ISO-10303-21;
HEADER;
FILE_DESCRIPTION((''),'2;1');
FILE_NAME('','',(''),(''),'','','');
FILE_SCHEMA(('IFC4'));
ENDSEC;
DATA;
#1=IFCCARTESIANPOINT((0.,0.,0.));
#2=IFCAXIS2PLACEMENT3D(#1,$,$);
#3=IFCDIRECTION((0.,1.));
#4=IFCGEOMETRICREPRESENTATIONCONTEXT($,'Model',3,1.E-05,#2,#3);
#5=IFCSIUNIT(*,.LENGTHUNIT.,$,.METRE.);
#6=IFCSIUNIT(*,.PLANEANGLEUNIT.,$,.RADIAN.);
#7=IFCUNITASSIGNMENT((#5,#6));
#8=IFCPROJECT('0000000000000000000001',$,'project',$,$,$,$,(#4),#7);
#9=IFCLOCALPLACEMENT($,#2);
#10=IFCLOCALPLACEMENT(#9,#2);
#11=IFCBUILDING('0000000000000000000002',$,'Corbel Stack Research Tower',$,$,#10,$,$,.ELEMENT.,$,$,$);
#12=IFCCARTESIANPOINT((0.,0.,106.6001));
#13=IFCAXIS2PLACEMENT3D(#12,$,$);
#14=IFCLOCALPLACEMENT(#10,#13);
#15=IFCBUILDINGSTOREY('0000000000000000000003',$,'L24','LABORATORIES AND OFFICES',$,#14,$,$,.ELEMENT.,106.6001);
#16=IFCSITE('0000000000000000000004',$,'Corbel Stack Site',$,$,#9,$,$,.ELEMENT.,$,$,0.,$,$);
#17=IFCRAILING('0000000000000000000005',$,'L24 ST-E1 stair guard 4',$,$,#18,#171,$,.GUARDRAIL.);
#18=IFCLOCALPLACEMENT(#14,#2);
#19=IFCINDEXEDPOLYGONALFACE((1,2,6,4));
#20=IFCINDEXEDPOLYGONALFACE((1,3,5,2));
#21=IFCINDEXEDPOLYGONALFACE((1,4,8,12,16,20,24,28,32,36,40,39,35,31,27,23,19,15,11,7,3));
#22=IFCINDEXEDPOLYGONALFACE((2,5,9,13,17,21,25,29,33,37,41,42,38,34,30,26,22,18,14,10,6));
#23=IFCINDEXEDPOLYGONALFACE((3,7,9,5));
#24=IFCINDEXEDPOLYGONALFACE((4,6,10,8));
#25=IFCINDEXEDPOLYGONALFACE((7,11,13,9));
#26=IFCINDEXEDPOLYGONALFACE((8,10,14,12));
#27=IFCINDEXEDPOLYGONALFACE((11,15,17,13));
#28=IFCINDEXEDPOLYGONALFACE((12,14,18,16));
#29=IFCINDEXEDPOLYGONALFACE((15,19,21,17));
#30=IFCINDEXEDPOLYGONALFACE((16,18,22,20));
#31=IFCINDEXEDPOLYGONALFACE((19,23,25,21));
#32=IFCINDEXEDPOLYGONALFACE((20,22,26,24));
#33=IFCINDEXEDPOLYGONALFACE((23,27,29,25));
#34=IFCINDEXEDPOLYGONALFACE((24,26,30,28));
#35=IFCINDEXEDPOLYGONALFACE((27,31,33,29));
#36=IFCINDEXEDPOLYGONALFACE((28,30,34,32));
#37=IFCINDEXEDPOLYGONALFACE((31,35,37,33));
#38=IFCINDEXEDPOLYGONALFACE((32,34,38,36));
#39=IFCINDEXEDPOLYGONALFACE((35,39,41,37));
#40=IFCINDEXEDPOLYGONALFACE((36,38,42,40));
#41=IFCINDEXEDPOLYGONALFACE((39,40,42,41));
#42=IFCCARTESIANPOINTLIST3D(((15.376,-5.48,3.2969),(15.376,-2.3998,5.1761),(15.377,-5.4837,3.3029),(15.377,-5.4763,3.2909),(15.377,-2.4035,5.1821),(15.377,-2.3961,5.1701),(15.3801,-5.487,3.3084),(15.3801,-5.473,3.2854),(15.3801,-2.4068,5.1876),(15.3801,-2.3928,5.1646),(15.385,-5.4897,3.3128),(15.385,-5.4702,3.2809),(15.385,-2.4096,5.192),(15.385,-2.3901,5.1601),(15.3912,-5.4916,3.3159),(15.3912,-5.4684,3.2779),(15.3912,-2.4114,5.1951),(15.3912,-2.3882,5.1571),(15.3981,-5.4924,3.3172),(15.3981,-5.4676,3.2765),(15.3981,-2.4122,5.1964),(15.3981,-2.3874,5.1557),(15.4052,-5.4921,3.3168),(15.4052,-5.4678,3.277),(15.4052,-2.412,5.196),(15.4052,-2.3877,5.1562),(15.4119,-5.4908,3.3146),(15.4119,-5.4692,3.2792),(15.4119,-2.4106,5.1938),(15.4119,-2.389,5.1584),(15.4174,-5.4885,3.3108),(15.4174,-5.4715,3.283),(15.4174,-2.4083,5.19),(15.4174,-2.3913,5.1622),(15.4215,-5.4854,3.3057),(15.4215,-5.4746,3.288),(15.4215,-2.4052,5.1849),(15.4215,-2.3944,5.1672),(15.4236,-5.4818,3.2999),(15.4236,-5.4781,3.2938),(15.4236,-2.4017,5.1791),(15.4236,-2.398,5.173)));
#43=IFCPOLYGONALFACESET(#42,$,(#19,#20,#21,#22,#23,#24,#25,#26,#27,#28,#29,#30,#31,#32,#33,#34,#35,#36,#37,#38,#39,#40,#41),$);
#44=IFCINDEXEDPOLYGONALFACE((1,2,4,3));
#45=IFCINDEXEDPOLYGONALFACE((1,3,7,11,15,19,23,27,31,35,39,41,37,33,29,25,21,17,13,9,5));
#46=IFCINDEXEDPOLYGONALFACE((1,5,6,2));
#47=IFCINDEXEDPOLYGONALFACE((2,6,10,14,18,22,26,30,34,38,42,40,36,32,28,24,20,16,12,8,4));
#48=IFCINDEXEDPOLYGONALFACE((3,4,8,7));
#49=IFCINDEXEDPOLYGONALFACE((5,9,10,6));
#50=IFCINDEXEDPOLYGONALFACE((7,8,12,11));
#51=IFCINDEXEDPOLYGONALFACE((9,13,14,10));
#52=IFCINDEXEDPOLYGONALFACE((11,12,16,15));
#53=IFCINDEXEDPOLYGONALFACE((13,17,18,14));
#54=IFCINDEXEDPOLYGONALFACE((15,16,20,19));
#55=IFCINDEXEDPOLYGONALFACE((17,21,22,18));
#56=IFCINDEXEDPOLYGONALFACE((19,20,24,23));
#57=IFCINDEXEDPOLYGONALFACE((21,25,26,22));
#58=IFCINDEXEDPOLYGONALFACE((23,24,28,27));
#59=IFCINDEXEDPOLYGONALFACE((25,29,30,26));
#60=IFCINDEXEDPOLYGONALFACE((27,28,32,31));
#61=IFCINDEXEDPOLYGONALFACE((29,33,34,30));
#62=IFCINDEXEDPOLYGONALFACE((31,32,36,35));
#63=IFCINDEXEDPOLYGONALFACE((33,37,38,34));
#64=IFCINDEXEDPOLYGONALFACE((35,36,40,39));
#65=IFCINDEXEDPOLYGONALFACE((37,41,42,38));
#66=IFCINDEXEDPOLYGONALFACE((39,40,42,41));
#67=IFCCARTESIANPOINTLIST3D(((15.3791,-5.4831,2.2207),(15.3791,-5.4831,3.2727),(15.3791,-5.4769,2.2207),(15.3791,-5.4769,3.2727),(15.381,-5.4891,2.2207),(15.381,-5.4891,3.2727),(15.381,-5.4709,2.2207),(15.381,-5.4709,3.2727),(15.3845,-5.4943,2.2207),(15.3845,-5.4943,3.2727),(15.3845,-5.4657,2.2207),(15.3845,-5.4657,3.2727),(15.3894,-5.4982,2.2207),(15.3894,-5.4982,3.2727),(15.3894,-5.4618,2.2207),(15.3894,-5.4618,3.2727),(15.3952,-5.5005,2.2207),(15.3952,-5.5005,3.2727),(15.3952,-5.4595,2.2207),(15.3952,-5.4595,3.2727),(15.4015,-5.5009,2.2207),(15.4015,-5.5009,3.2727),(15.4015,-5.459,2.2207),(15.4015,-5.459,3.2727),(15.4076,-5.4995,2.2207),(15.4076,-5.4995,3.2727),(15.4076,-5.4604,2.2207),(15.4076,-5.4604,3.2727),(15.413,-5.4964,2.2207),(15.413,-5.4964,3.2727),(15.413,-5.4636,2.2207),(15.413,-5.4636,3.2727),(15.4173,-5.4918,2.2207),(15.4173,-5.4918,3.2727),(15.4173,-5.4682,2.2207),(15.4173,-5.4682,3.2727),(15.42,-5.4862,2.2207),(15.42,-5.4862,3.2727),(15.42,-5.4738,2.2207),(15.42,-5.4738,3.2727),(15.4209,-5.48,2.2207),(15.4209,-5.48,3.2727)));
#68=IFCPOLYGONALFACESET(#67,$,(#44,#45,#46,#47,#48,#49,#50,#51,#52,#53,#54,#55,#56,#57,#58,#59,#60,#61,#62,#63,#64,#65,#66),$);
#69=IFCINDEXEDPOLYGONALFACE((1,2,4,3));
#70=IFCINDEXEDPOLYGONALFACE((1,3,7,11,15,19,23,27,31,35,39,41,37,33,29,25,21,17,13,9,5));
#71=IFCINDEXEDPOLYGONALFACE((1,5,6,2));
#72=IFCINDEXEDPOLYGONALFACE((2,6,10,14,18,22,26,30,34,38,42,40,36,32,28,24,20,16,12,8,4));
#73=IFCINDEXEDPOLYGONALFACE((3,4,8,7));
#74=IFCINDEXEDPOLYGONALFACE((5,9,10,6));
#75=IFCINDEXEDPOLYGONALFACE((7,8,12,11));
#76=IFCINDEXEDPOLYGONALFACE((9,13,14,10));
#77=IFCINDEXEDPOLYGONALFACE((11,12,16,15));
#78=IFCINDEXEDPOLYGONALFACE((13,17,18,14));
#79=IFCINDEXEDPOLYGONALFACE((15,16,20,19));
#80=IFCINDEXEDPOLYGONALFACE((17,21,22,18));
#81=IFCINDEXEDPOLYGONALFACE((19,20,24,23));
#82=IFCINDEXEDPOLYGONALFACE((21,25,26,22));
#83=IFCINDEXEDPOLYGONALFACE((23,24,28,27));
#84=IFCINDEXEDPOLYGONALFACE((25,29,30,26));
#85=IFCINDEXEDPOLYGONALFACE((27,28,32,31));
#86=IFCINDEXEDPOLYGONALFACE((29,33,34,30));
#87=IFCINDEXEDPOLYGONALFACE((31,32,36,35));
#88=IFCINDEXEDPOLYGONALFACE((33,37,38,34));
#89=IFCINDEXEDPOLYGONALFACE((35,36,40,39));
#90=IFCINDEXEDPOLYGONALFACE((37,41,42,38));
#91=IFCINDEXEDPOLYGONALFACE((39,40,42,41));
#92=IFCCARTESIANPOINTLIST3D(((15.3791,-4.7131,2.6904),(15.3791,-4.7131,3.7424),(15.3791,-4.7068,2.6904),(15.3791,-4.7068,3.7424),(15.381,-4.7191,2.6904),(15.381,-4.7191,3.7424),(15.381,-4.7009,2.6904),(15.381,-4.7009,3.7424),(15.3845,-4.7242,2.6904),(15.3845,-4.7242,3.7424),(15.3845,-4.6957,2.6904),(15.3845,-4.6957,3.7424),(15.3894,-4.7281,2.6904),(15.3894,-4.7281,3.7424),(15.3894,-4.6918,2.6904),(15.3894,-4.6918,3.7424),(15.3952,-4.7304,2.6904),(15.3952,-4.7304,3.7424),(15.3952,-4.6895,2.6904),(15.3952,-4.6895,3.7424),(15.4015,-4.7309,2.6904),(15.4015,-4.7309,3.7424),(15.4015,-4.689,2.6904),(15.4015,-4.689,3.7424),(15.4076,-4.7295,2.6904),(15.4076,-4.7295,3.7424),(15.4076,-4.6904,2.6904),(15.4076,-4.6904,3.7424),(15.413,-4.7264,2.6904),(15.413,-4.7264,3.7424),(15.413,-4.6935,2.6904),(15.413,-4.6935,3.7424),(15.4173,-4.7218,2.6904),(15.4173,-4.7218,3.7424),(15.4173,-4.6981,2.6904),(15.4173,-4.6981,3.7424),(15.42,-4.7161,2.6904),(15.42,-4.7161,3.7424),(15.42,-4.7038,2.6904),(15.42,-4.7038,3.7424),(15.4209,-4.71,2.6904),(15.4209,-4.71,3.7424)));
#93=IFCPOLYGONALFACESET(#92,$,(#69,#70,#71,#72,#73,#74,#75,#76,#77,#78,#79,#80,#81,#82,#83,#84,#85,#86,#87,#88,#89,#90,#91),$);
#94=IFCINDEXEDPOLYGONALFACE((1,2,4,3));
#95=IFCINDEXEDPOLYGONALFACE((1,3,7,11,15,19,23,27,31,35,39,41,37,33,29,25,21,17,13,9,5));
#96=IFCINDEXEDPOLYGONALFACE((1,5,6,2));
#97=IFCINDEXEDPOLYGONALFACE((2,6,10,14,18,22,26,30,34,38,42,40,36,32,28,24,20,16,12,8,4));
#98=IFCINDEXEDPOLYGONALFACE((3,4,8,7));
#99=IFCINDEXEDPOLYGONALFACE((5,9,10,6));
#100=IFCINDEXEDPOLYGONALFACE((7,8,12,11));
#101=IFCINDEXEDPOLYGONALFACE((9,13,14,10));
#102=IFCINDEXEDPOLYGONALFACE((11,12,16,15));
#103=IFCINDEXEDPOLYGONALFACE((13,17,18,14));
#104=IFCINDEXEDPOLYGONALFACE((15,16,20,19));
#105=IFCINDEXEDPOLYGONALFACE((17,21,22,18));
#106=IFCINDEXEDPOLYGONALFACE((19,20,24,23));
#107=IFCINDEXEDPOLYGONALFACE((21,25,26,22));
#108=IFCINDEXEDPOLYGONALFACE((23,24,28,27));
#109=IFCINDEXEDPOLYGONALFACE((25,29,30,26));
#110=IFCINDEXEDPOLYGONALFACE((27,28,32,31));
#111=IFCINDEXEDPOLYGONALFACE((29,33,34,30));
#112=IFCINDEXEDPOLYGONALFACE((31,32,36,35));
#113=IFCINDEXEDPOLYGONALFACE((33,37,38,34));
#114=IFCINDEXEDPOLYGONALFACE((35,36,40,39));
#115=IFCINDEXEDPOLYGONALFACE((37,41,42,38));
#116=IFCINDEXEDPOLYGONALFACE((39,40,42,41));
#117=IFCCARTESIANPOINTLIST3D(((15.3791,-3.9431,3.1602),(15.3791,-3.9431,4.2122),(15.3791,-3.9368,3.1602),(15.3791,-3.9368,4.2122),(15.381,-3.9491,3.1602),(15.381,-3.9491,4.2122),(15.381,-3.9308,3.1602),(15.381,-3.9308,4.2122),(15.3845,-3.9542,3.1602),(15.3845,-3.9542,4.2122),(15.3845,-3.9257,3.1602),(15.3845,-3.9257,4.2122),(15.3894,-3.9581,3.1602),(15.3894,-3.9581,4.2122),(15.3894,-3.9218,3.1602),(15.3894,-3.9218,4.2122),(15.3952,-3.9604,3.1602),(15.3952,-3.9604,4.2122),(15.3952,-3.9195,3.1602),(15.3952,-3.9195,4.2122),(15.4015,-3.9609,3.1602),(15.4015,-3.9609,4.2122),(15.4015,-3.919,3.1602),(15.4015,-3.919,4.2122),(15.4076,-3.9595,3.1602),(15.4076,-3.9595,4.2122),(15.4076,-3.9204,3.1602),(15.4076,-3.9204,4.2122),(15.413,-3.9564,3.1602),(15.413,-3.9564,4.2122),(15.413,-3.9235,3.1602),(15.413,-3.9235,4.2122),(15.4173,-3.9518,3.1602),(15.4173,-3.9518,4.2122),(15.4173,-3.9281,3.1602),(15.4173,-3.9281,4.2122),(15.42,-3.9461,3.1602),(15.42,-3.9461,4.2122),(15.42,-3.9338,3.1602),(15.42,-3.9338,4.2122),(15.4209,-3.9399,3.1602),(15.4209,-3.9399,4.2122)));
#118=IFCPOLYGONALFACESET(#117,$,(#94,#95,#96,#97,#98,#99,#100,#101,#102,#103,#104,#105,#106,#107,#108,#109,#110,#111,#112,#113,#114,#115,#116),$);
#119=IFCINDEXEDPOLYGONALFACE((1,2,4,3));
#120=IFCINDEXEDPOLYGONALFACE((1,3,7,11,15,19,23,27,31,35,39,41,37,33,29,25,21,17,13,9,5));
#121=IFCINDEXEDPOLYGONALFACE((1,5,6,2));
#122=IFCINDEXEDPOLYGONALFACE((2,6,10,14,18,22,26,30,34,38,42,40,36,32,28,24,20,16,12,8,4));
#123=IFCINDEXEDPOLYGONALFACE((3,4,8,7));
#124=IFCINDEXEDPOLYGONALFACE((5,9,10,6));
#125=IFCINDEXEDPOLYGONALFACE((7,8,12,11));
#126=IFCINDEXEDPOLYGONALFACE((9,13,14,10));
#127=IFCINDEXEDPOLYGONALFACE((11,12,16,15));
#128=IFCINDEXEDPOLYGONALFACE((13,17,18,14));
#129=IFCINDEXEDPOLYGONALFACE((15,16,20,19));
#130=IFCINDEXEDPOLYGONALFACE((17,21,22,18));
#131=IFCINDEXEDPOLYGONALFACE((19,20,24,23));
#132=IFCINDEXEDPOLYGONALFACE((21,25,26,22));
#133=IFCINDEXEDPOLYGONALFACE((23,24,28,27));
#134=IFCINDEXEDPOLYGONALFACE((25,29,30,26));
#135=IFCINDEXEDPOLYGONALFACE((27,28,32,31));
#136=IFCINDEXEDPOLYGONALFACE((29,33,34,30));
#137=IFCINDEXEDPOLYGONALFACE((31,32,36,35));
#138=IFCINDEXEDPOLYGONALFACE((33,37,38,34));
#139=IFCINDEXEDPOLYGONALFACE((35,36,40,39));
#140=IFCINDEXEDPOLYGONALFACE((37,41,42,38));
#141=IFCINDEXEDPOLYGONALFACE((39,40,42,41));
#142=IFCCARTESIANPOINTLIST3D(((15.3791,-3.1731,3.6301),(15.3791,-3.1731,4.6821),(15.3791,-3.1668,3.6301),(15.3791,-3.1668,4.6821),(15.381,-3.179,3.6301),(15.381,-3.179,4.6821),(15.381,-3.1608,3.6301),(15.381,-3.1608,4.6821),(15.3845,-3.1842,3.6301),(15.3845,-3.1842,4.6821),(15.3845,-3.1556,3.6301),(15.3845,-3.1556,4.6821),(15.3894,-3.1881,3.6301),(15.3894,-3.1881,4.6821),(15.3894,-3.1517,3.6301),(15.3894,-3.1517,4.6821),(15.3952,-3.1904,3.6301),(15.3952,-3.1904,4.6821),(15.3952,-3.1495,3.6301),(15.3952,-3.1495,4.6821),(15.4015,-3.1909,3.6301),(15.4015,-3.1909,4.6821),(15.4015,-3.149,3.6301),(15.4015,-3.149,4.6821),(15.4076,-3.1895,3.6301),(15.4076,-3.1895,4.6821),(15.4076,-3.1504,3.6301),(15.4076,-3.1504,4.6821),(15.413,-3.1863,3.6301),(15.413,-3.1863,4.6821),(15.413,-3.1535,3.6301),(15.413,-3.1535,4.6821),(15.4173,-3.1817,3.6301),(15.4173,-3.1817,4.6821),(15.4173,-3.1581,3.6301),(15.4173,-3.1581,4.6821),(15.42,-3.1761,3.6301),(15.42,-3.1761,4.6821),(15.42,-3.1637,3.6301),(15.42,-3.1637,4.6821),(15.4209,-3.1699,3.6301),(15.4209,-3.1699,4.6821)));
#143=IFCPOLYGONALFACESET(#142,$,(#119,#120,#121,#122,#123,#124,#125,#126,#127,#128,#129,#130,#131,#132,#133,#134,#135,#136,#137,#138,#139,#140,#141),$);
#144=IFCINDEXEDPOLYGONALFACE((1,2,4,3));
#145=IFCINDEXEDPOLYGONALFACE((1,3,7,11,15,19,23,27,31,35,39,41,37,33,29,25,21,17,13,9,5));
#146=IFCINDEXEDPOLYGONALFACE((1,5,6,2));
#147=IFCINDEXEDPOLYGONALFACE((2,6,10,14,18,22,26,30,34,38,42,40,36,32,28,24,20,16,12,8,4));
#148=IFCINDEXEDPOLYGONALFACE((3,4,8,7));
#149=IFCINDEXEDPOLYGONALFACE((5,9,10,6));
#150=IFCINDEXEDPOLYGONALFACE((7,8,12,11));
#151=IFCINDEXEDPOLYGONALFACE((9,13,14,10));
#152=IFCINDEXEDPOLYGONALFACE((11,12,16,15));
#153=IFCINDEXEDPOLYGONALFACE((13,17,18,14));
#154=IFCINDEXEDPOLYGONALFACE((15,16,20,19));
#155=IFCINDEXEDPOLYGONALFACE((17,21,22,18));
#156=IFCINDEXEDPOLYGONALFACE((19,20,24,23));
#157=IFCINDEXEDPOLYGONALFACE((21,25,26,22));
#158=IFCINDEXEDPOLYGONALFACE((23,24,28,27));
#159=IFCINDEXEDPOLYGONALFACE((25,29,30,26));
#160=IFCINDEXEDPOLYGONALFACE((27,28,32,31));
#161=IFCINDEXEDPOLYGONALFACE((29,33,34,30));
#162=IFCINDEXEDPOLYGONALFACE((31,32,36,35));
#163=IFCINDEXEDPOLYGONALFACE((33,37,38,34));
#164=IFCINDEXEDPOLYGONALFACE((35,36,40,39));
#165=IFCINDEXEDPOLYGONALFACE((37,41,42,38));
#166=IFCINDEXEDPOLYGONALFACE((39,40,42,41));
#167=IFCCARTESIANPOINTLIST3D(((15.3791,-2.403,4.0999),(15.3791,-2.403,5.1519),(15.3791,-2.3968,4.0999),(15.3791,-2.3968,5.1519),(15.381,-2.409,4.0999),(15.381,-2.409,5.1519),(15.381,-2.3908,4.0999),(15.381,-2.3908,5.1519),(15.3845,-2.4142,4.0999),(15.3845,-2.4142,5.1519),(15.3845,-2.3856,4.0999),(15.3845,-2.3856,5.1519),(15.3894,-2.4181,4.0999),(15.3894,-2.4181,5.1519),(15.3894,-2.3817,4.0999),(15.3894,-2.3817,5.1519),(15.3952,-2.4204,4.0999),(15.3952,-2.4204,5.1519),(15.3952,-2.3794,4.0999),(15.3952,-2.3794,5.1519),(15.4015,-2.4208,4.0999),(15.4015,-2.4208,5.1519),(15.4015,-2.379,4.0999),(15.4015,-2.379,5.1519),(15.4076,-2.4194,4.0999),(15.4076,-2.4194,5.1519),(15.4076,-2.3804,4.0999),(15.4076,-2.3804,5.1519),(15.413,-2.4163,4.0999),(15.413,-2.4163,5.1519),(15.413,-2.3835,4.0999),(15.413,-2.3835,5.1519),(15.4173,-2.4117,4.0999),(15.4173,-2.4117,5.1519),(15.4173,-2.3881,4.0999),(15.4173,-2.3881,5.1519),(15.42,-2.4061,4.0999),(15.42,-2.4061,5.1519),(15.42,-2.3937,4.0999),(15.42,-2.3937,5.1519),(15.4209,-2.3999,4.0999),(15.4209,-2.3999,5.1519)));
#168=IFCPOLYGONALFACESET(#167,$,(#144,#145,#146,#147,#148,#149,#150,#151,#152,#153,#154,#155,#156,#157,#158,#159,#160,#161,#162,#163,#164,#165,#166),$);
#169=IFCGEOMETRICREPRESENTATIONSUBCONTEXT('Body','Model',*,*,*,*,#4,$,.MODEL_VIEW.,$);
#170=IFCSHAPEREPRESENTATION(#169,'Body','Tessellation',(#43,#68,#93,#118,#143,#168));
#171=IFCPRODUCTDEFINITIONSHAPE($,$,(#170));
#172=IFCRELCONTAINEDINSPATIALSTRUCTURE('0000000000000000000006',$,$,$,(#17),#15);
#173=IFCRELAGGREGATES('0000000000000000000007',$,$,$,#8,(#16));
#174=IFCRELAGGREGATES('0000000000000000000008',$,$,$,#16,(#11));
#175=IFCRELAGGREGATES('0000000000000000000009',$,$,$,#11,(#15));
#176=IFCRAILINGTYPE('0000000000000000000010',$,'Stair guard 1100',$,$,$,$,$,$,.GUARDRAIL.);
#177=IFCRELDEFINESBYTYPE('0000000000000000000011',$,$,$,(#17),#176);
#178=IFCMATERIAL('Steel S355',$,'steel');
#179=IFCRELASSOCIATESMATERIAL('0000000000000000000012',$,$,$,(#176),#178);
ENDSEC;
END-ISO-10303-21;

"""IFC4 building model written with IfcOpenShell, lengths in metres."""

from ifc_helpers import new_model, si_unit, direction, frame, origin, origin_2d, place, context, subcontext, project, spatial, circle, extrude, material, type_object, element, save


model = new_model("IFC4")

# Units and contexts
model_context = context("Model", 3, precision=1e-05, world=origin(), true_north=direction((0.0, 1.0)))
body_context = subcontext(model_context, "Body", "Model", "MODEL_VIEW")
ifc_project = project(units=[si_unit("LENGTHUNIT", "METRE"), si_unit("PLANEANGLEUNIT", "RADIAN")], contexts=[model_context])

# Site, building, storey
site_placement = place(None, origin())
site = spatial("IfcSite", under=ifc_project, at=site_placement, Name="Corbel Stack Site", CompositionType="ELEMENT", RefElevation=0.0)
building_placement = place(site_placement, origin())
building = spatial("IfcBuilding", under=site, at=building_placement, Name="Corbel Stack Research Tower", CompositionType="ELEMENT")
storey_placement = place(building_placement, frame((0.0, 0.0, 106.6001)))
storey = spatial("IfcBuildingStorey", under=building, at=storey_placement, Name="L24", Description="LABORATORIES AND OFFICES", CompositionType="ELEMENT", Elevation=106.6001)

# Railing
ifc_material_1 = material(Name="Steel S355", Category="steel")
railing_type_1 = type_object("IfcRailingType", Name="Stair guard 1100", PredefinedType="GUARDRAIL", material=ifc_material_1)
railing_1_placement = place(storey_placement, frame((15.3999, -5.48, 2.2207)))
element("IfcRailing", 1, at=railing_1_placement, inside=storey, type_object=railing_type_1, Name="L24 ST-E1 stair guard 4", PredefinedType="GUARDRAIL", context=body_context, shape_type="SweptSolid", body=[
    extrude(circle(Radius=0.0239, at=origin_2d()), frame((0.0, 0.0, 1.0762), z_axis=(0.0, 0.853666, 0.52082), x_axis=(-1.0, 0.0, 0.0)), (0.0, 0.0, 1.0), 3.6082),
    extrude(circle(Radius=0.021, at=origin_2d()), origin(), (0.0, 0.0, 1.0), 1.052),
    extrude(circle(Radius=0.021, at=origin_2d()), frame((0.0, 0.77, 0.4697)), (0.0, 0.0, 1.0), 1.052),
    extrude(circle(Radius=0.021, at=origin_2d()), frame((0.0, 1.54, 0.9395)), (0.0, 0.0, 1.0), 1.052),
    extrude(circle(Radius=0.021, at=origin_2d()), frame((0.0, 2.3101, 1.4094)), (0.0, 0.0, 1.0), 1.052),
    extrude(circle(Radius=0.021, at=origin_2d()), frame((0.0, 3.0801, 1.8792)), (0.0, 0.0, 1.0), 1.052),
])

save(model, "model.ifc")
